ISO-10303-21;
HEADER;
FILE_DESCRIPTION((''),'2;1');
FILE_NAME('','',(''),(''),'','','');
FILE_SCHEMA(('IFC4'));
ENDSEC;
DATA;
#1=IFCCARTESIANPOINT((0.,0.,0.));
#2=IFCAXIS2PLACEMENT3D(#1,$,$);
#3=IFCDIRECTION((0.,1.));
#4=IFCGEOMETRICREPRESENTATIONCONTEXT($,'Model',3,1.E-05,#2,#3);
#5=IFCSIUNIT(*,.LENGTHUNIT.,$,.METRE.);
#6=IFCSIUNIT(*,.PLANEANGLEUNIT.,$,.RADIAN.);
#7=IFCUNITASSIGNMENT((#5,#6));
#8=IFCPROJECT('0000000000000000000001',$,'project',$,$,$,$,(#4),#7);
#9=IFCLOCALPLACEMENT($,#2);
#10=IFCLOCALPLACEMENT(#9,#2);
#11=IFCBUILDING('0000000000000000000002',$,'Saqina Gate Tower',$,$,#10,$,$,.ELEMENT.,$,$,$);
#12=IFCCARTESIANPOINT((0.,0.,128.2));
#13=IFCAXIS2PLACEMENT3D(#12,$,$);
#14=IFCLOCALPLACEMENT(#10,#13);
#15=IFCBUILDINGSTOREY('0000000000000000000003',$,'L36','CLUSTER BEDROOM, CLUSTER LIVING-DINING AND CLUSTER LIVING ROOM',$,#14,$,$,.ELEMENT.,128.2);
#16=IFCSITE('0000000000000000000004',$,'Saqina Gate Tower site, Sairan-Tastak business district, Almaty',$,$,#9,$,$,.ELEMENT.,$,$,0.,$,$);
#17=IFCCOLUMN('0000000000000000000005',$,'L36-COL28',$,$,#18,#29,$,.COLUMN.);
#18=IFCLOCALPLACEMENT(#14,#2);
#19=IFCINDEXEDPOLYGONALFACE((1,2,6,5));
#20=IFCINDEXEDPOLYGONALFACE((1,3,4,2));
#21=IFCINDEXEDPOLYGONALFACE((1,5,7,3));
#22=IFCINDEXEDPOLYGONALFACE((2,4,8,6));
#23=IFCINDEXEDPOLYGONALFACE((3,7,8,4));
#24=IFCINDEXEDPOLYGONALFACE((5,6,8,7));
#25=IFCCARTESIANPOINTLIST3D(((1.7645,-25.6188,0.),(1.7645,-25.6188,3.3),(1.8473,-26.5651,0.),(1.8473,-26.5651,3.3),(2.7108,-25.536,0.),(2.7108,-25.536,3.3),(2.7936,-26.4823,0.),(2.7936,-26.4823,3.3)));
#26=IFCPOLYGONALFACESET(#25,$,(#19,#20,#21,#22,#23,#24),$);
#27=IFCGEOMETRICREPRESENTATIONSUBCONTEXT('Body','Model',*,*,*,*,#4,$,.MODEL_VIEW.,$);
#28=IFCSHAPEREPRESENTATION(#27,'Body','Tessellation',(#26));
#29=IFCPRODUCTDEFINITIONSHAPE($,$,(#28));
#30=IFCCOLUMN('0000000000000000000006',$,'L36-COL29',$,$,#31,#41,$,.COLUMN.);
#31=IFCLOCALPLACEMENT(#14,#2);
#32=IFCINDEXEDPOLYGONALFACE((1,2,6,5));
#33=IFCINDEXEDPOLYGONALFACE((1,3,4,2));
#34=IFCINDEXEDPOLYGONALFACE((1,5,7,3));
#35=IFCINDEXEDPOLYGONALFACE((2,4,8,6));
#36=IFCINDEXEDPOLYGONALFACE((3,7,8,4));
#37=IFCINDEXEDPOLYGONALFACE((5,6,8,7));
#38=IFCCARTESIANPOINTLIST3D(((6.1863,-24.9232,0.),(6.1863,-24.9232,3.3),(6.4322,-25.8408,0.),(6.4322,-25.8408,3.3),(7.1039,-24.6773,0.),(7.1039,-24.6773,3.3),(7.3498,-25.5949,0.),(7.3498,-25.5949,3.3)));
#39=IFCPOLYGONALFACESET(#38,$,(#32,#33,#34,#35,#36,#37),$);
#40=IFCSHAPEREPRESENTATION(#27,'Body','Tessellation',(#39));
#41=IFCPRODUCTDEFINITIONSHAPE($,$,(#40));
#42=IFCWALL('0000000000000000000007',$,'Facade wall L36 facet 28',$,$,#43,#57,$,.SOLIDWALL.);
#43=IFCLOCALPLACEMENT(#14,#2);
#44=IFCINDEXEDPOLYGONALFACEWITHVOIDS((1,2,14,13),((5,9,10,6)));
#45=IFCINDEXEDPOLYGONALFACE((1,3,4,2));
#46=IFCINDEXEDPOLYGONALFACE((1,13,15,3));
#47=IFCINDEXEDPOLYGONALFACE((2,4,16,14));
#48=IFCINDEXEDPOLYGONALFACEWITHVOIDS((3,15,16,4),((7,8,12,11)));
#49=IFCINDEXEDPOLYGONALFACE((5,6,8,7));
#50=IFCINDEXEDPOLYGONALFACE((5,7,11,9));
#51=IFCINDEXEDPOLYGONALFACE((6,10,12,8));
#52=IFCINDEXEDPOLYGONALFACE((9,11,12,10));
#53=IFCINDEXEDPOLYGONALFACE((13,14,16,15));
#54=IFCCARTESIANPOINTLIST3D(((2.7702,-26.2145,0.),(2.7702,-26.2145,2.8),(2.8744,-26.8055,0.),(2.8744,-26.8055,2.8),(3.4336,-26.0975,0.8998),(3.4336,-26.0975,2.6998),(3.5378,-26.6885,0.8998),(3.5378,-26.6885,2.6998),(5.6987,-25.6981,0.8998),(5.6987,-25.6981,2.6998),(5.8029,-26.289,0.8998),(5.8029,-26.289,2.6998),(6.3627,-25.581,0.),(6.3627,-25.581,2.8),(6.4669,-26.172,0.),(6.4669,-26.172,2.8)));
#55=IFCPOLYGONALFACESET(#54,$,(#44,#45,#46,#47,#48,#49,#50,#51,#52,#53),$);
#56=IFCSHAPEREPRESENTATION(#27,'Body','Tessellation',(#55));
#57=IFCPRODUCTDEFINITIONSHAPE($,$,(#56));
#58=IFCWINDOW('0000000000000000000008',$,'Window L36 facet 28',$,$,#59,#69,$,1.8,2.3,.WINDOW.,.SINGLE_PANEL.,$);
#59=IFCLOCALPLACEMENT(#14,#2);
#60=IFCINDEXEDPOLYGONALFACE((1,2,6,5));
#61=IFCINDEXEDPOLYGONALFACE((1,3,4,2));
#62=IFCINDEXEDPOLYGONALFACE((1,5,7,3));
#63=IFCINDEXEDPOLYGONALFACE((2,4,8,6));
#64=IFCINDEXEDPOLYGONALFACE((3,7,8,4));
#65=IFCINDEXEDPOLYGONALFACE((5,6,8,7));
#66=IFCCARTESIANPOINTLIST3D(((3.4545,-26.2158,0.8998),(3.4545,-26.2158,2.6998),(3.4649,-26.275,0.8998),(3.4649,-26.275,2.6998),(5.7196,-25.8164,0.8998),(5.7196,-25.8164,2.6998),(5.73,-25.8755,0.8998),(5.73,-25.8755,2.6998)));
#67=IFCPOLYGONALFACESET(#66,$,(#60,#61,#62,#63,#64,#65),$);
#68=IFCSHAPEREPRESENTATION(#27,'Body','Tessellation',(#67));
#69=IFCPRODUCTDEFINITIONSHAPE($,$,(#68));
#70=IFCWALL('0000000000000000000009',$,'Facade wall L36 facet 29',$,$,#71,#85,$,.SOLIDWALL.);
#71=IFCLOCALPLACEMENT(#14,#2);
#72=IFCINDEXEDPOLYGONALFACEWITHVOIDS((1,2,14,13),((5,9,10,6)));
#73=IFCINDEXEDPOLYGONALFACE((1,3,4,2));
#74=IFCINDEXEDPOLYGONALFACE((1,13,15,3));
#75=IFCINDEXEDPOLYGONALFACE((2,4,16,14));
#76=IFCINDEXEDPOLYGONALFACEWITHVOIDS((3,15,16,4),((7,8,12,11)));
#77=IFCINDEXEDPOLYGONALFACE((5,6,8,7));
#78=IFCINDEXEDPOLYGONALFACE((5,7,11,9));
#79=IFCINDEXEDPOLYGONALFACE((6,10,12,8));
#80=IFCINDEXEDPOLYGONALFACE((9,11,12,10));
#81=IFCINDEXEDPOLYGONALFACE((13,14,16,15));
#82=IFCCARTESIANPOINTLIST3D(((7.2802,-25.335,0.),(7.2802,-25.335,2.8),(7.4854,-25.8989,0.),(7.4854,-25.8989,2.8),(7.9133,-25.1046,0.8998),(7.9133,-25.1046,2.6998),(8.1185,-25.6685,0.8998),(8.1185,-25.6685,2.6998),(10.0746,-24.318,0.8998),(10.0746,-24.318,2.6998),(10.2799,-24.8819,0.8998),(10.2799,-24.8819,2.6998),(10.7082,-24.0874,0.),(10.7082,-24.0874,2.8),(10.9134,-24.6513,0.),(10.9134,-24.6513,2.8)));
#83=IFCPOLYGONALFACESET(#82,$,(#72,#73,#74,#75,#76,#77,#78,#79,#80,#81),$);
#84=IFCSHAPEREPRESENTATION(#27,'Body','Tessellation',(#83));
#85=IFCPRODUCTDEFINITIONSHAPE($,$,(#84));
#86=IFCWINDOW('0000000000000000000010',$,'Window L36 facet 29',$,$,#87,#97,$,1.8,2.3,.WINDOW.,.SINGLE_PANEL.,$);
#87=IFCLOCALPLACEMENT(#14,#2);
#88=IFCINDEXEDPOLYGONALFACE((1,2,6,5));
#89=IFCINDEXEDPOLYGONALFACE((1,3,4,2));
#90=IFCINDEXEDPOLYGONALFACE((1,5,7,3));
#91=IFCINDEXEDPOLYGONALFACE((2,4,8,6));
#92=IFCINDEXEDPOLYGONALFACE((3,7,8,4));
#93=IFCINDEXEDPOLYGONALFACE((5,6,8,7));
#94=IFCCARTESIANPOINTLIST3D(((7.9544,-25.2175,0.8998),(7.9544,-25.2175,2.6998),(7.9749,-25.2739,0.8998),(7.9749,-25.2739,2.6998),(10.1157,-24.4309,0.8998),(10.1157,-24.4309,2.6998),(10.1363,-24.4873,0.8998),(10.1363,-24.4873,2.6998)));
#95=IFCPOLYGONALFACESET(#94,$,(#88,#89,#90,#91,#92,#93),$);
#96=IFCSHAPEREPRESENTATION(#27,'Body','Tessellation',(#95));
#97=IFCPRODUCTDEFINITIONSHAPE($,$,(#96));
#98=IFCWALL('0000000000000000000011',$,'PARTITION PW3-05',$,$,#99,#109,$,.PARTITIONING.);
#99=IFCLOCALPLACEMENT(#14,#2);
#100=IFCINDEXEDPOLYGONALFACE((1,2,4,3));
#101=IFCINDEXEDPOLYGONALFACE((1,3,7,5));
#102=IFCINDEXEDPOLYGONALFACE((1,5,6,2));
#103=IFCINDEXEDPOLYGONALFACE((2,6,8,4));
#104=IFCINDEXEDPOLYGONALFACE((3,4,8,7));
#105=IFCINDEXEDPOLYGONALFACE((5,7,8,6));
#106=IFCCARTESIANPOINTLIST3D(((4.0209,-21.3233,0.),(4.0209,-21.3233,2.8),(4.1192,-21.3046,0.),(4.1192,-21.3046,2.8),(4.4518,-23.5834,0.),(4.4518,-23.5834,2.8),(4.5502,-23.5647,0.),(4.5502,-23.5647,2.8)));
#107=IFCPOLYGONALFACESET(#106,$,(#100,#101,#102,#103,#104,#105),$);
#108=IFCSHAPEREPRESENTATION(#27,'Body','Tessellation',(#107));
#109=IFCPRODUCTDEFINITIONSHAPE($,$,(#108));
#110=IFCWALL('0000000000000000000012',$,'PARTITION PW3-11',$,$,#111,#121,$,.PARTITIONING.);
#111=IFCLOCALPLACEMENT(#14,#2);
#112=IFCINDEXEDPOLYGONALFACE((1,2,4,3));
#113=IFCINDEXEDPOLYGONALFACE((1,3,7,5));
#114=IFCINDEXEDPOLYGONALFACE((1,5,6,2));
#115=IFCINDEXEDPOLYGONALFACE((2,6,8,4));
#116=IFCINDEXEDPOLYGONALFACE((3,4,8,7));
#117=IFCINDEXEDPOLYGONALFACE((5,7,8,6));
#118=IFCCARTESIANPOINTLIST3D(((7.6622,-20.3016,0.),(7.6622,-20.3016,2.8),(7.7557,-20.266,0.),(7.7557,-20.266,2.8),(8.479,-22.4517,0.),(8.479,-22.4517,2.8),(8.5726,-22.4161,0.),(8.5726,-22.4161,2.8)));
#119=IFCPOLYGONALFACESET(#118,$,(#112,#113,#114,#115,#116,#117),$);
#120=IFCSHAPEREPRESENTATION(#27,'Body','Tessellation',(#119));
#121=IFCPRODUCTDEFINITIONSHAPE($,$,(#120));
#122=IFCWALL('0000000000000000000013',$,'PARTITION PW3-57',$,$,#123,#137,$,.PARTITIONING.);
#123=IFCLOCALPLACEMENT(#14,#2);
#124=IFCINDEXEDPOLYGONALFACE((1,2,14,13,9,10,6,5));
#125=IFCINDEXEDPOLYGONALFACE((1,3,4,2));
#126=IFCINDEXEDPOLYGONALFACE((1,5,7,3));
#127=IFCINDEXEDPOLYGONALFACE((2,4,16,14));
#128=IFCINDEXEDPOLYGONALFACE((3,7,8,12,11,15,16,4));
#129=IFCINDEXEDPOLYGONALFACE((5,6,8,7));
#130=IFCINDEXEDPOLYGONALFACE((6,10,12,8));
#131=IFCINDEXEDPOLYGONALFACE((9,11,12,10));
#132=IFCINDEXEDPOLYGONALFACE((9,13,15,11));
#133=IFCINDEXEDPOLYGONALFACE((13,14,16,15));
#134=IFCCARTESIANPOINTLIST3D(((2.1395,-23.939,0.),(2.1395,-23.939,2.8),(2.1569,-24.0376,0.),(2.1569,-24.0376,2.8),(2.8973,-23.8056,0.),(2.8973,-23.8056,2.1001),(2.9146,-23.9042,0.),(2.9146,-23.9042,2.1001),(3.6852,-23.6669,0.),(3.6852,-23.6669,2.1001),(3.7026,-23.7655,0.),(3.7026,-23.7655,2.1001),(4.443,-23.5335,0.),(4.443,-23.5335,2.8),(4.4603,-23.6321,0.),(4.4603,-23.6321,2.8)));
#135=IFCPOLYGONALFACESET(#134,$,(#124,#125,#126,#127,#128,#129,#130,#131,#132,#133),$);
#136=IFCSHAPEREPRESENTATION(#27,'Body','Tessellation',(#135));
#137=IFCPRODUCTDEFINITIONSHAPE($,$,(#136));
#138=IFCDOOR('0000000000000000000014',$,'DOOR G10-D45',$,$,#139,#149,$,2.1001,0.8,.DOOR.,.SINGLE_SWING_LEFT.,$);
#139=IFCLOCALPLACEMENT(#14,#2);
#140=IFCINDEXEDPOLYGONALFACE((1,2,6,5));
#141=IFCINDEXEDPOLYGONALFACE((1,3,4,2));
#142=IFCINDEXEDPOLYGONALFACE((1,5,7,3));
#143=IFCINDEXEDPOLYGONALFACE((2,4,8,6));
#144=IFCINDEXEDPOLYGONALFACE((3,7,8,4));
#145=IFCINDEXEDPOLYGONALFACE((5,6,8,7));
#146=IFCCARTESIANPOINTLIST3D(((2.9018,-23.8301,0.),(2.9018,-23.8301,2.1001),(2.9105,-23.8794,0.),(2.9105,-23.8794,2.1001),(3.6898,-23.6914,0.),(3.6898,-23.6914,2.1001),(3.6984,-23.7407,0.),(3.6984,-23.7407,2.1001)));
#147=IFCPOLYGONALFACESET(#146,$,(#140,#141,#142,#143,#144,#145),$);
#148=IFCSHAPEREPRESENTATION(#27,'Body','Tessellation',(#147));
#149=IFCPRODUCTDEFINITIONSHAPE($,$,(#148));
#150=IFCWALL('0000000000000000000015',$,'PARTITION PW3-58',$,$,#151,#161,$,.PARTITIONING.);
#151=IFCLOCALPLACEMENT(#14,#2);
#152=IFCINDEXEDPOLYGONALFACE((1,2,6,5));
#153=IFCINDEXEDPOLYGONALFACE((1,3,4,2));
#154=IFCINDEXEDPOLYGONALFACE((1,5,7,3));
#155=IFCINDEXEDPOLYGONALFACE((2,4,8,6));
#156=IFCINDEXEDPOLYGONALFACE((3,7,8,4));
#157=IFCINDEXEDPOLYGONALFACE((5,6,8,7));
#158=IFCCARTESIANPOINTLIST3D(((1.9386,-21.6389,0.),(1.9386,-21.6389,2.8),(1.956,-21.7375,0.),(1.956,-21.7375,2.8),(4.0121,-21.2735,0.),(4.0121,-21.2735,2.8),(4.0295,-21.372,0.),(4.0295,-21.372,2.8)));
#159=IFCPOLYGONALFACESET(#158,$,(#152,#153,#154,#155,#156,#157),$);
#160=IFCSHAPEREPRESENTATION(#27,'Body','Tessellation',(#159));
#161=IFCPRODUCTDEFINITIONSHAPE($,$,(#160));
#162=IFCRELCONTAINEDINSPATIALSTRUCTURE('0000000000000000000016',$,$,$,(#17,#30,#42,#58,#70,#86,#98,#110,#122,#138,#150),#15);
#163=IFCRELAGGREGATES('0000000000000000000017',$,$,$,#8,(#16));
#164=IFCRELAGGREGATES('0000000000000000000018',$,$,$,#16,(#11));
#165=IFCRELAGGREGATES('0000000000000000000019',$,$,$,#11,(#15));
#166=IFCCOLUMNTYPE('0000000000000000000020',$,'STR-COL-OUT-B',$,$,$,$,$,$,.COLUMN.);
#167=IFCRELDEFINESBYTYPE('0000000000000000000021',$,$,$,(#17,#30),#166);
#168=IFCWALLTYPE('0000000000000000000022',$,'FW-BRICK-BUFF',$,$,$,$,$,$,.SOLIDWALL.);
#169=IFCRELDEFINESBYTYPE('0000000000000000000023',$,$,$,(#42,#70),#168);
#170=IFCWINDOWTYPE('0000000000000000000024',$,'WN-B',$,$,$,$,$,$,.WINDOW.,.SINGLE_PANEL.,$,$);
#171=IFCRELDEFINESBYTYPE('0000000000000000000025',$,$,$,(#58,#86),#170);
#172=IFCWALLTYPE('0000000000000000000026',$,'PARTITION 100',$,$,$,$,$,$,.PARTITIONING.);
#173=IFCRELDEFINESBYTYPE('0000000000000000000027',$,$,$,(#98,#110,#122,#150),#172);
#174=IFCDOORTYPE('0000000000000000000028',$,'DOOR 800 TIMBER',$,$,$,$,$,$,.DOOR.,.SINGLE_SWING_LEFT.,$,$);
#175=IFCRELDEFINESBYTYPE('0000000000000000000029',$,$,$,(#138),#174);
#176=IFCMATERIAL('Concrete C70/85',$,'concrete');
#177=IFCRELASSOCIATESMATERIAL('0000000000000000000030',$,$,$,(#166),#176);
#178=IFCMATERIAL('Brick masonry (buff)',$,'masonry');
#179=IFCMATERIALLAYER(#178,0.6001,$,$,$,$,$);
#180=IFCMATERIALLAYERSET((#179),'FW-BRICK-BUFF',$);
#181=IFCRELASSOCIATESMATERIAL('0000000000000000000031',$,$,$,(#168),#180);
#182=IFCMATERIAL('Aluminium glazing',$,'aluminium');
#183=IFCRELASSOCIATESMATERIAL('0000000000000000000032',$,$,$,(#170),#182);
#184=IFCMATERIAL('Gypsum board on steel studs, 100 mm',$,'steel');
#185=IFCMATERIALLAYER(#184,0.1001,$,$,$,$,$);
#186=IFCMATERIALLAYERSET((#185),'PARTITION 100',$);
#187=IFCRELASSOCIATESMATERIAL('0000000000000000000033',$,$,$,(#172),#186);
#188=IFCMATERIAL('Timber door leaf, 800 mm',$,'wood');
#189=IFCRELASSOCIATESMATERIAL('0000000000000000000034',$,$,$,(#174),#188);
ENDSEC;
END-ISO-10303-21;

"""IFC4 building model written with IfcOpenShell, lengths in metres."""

from ifc_helpers import new_model, si_unit, direction, frame, frame_2d, origin, origin_2d, place, context, subcontext, project, spatial, rectangle, extrude, material, layer, layer_set, material_profile, profile_set, type_object, element, fill, save


model = new_model("IFC4")

# Units and contexts
model_context = context("Model", 3, precision=1e-05, world=origin(), true_north=direction((0.0, 1.0)))
body_context = subcontext(model_context, "Body", "Model", "MODEL_VIEW")
ifc_project = project(units=[si_unit("LENGTHUNIT", "METRE"), si_unit("PLANEANGLEUNIT", "RADIAN")], contexts=[model_context])

# Site, building, storey
site_placement = place(None, origin())
site = spatial("IfcSite", under=ifc_project, at=site_placement, Name="Saqina Gate Tower site, Sairan-Tastak business district, Almaty", CompositionType="ELEMENT", RefElevation=0.0)
building_placement = place(site_placement, origin())
building = spatial("IfcBuilding", under=site, at=building_placement, Name="Saqina Gate Tower", CompositionType="ELEMENT")
storey_placement = place(building_placement, frame((0.0, 0.0, 128.2)))
storey = spatial("IfcBuildingStorey", under=building, at=storey_placement, Name="L36", Description="CLUSTER BEDROOM, CLUSTER LIVING-DINING AND CLUSTER LIVING ROOM", CompositionType="ELEMENT", Elevation=128.2)

# Columns
ifc_material_1 = material(Name="Concrete C70/85", Category="concrete")
ifc_material_profile = material_profile(ifc_material_1, rectangle(XDim=0.95, YDim=0.95, at=origin_2d()), Name="RC 950x950")
ifc_profile_set = profile_set([ifc_material_profile], Name="Concrete C70/85")
column_type = type_object("IfcColumnType", Name="STR-COL-OUT-B", PredefinedType="COLUMN", material=ifc_profile_set)
for number, where, z_axis, x_axis, name in (
    (1, (2.2791, -26.0505, 0.0), (0.0, 0.0, 1.0), (0.087156, -0.996195, 0.0), "L36-COL28"),
    (2, (6.7681, -25.259, 0.0), (0.0, 0.0, 1.0), (0.258819, -0.965926, 0.0), "L36-COL29"),
):
    element("IfcColumn", number, at=place(storey_placement, frame(where, z_axis=z_axis, x_axis=x_axis)), inside=storey, type_object=column_type, Name=name, PredefinedType="COLUMN", context=body_context, shape_type="SweptSolid", body=[
        extrude(rectangle(XDim=0.95, YDim=0.95, at=origin_2d()), origin(), (0.0, 0.0, 1.0), 3.3),
    ])

# Walls, openings, windows
ifc_material_2 = material(Name="Brick masonry (buff)", Category="masonry")
ifc_layer_1 = layer(ifc_material_2, 0.6001)
ifc_layer_set_1 = layer_set([ifc_layer_1], Name="FW-BRICK-BUFF")
wall_type_1 = type_object("IfcWallType", Name="FW-BRICK-BUFF", PredefinedType="SOLIDWALL", material=ifc_layer_set_1)
wall_1_placement = place(storey_placement, frame((2.8223, -26.51, 0.0), z_axis=(0.0, 0.0, 1.0), x_axis=(0.984804, 0.173671, 0.0)))
wall_1 = element("IfcWall", 3, at=wall_1_placement, inside=storey, type_object=wall_type_1, Name="Facade wall L36 facet 28", PredefinedType="SOLIDWALL", context=body_context, shape_type="SweptSolid", body=[
    extrude(rectangle(XDim=3.6479, YDim=0.6001, at=frame_2d((1.824, 0.0))), origin(), (0.0, 0.0, 1.0), 2.8),
])
opening_1_placement = place(wall_1_placement, frame((0.6738, 0.0, 0.8999)))
opening_1 = element("IfcOpeningElement", 4, at=opening_1_placement, cuts=wall_1, PredefinedType="OPENING", context=body_context, shape_type="SweptSolid", body=[
    extrude(rectangle(XDim=2.3, YDim=1.8, at=frame_2d((1.1499, 0.8999))), frame((0.0, 0.312, 0.0), z_axis=(0.0, -1.0, 0.0), x_axis=(1.0, 0.0, 0.0)), (0.0, 0.0, 1.0), 0.624),
])
ifc_material_3 = material(Name="Aluminium glazing", Category="aluminium")
window_type = type_object("IfcWindowType", Name="WN-B", PartitioningType="SINGLE_PANEL", PredefinedType="WINDOW", material=ifc_material_3)
window_1_placement = place(opening_1_placement, origin())
window_1 = element("IfcWindow", 5, at=window_1_placement, inside=storey, type_object=window_type, Name="Window L36 facet 28", OverallHeight=1.8, OverallWidth=2.3, PartitioningType="SINGLE_PANEL", PredefinedType="WINDOW", context=body_context, shape_type="SweptSolid", body=[
    extrude(rectangle(XDim=2.3, YDim=1.8, at=frame_2d((1.1499, 0.8999))), frame((0.0, 0.1799, 0.0), z_axis=(0.0, -1.0, 0.0), x_axis=(1.0, 0.0, 0.0)), (0.0, 0.0, 1.0), 0.0601),
])
fill(opening_1, window_1)
wall_2_placement = place(storey_placement, frame((7.3828, -25.6169, 0.0), z_axis=(0.0, 0.0, 1.0), x_axis=(0.939704, 0.34199, 0.0)))
wall_2 = element("IfcWall", 6, at=wall_2_placement, inside=storey, type_object=wall_type_1, Name="Facade wall L36 facet 29", PredefinedType="SOLIDWALL", context=body_context, shape_type="SweptSolid", body=[
    extrude(rectangle(XDim=3.6479, YDim=0.6001, at=frame_2d((1.824, 0.0))), origin(), (0.0, 0.0, 1.0), 2.8),
])
opening_2_placement = place(wall_2_placement, frame((0.6738, 0.0, 0.8999)))
opening_2 = element("IfcOpeningElement", 7, at=opening_2_placement, cuts=wall_2, PredefinedType="OPENING", context=body_context, shape_type="SweptSolid", body=[
    extrude(rectangle(XDim=2.3, YDim=1.8, at=frame_2d((1.1499, 0.8999))), frame((0.0, 0.312, 0.0), z_axis=(0.0, -1.0, 0.0), x_axis=(1.0, 0.0, 0.0)), (0.0, 0.0, 1.0), 0.624),
])
window_2_placement = place(opening_2_placement, origin())
window_2 = element("IfcWindow", 8, at=window_2_placement, inside=storey, type_object=window_type, Name="Window L36 facet 29", OverallHeight=1.8, OverallWidth=2.3, PartitioningType="SINGLE_PANEL", PredefinedType="WINDOW", context=body_context, shape_type="SweptSolid", body=[
    extrude(rectangle(XDim=2.3, YDim=1.8, at=frame_2d((1.1499, 0.8999))), frame((0.0, 0.1799, 0.0), z_axis=(0.0, -1.0, 0.0), x_axis=(1.0, 0.0, 0.0)), (0.0, 0.0, 1.0), 0.0601),
])
fill(opening_2, window_2)

# Walls
ifc_material_4 = material(Name="Gypsum board on steel studs, 100 mm", Category="steel")
ifc_layer_2 = layer(ifc_material_4, 0.1001)
ifc_layer_set_2 = layer_set([ifc_layer_2], Name="PARTITION 100")
wall_type_2 = type_object("IfcWallType", Name="PARTITION 100", PredefinedType="PARTITIONING", material=ifc_layer_set_2)
wall_3_placement = place(storey_placement, frame((4.0701, -21.314, 0.0), z_axis=(0.0, 0.0, 1.0), x_axis=(0.187293, -0.982304, 0.0)))
element("IfcWall", 9, at=wall_3_placement, inside=storey, type_object=wall_type_2, Name="PARTITION PW3-05", PredefinedType="PARTITIONING", context=body_context, shape_type="SweptSolid", body=[
    extrude(rectangle(XDim=2.3008, YDim=0.1001, at=frame_2d((1.1504, 0.0))), origin(), (0.0, 0.0, 1.0), 2.8),
])
wall_4_placement = place(storey_placement, frame((7.709, -20.2839, 0.0), z_axis=(0.0, 0.0, 1.0), x_axis=(0.355157, -0.934807, 0.0)))
element("IfcWall", 10, at=wall_4_placement, inside=storey, type_object=wall_type_2, Name="PARTITION PW3-11", PredefinedType="PARTITIONING", context=body_context, shape_type="SweptSolid", body=[
    extrude(rectangle(XDim=2.3, YDim=0.1001, at=frame_2d((1.1499, 0.0))), origin(), (0.0, 0.0, 1.0), 2.8),
])

# Wall, opening, door
wall_5_placement = place(storey_placement, frame((2.1482, -23.9883, 0.0), z_axis=(0.0, 0.0, 1.0), x_axis=(0.984855, 0.17338, 0.0)))
wall_5 = element("IfcWall", 11, at=wall_5_placement, inside=storey, type_object=wall_type_2, Name="PARTITION PW3-57", PredefinedType="PARTITIONING", context=body_context, shape_type="SweptSolid", body=[
    extrude(rectangle(XDim=2.3389, YDim=0.1001, at=frame_2d((1.1694, 0.0))), origin(), (0.0, 0.0, 1.0), 2.8),
])
opening_3_placement = place(wall_5_placement, frame((0.7695, 0.0, 0.0)))
opening_3 = element("IfcOpeningElement", 12, at=opening_3_placement, cuts=wall_5, PredefinedType="OPENING", context=body_context, shape_type="SweptSolid", body=[
    extrude(rectangle(XDim=0.8, YDim=2.1001, at=frame_2d((0.3999, 1.05))), frame((0.0, 0.062, 0.0), z_axis=(0.0, -1.0, 0.0), x_axis=(1.0, 0.0, 0.0)), (0.0, 0.0, 1.0), 0.124),
])
ifc_material_5 = material(Name="Timber door leaf, 800 mm", Category="wood")
door_type_1 = type_object("IfcDoorType", Name="DOOR 800 TIMBER", OperationType="SINGLE_SWING_LEFT", PredefinedType="DOOR", material=ifc_material_5)
door_1_placement = place(opening_3_placement, frame((0.8, 0.0, 0.0), z_axis=(0.0, 0.0, 1.0), x_axis=(-1.0, 0.0, 0.0)))
door_1 = element("IfcDoor", 13, at=door_1_placement, inside=storey, type_object=door_type_1, Name="DOOR G10-D45", OperationType="SINGLE_SWING_LEFT", OverallHeight=2.1001, OverallWidth=0.8, PredefinedType="DOOR", context=body_context, shape_type="SweptSolid", body=[
    extrude(rectangle(XDim=0.8, YDim=2.1001, at=frame_2d((0.3999, 1.05))), frame((0.0, 0.0249, 0.0), z_axis=(0.0, -1.0, 0.0), x_axis=(1.0, 0.0, 0.0)), (0.0, 0.0, 1.0), 0.05),
])
fill(opening_3, door_1)

# Wall
wall_6_placement = place(storey_placement, frame((1.9473, -21.6882, 0.0), z_axis=(0.0, 0.0, 1.0), x_axis=(0.984819, 0.173587, 0.0)))
element("IfcWall", 14, at=wall_6_placement, inside=storey, type_object=wall_type_2, Name="PARTITION PW3-58", PredefinedType="PARTITIONING", context=body_context, shape_type="SweptSolid", body=[
    extrude(rectangle(XDim=2.1055, YDim=0.1001, at=frame_2d((1.0527, 0.0))), origin(), (0.0, 0.0, 1.0), 2.8),
])

save(model, "model.ifc")
